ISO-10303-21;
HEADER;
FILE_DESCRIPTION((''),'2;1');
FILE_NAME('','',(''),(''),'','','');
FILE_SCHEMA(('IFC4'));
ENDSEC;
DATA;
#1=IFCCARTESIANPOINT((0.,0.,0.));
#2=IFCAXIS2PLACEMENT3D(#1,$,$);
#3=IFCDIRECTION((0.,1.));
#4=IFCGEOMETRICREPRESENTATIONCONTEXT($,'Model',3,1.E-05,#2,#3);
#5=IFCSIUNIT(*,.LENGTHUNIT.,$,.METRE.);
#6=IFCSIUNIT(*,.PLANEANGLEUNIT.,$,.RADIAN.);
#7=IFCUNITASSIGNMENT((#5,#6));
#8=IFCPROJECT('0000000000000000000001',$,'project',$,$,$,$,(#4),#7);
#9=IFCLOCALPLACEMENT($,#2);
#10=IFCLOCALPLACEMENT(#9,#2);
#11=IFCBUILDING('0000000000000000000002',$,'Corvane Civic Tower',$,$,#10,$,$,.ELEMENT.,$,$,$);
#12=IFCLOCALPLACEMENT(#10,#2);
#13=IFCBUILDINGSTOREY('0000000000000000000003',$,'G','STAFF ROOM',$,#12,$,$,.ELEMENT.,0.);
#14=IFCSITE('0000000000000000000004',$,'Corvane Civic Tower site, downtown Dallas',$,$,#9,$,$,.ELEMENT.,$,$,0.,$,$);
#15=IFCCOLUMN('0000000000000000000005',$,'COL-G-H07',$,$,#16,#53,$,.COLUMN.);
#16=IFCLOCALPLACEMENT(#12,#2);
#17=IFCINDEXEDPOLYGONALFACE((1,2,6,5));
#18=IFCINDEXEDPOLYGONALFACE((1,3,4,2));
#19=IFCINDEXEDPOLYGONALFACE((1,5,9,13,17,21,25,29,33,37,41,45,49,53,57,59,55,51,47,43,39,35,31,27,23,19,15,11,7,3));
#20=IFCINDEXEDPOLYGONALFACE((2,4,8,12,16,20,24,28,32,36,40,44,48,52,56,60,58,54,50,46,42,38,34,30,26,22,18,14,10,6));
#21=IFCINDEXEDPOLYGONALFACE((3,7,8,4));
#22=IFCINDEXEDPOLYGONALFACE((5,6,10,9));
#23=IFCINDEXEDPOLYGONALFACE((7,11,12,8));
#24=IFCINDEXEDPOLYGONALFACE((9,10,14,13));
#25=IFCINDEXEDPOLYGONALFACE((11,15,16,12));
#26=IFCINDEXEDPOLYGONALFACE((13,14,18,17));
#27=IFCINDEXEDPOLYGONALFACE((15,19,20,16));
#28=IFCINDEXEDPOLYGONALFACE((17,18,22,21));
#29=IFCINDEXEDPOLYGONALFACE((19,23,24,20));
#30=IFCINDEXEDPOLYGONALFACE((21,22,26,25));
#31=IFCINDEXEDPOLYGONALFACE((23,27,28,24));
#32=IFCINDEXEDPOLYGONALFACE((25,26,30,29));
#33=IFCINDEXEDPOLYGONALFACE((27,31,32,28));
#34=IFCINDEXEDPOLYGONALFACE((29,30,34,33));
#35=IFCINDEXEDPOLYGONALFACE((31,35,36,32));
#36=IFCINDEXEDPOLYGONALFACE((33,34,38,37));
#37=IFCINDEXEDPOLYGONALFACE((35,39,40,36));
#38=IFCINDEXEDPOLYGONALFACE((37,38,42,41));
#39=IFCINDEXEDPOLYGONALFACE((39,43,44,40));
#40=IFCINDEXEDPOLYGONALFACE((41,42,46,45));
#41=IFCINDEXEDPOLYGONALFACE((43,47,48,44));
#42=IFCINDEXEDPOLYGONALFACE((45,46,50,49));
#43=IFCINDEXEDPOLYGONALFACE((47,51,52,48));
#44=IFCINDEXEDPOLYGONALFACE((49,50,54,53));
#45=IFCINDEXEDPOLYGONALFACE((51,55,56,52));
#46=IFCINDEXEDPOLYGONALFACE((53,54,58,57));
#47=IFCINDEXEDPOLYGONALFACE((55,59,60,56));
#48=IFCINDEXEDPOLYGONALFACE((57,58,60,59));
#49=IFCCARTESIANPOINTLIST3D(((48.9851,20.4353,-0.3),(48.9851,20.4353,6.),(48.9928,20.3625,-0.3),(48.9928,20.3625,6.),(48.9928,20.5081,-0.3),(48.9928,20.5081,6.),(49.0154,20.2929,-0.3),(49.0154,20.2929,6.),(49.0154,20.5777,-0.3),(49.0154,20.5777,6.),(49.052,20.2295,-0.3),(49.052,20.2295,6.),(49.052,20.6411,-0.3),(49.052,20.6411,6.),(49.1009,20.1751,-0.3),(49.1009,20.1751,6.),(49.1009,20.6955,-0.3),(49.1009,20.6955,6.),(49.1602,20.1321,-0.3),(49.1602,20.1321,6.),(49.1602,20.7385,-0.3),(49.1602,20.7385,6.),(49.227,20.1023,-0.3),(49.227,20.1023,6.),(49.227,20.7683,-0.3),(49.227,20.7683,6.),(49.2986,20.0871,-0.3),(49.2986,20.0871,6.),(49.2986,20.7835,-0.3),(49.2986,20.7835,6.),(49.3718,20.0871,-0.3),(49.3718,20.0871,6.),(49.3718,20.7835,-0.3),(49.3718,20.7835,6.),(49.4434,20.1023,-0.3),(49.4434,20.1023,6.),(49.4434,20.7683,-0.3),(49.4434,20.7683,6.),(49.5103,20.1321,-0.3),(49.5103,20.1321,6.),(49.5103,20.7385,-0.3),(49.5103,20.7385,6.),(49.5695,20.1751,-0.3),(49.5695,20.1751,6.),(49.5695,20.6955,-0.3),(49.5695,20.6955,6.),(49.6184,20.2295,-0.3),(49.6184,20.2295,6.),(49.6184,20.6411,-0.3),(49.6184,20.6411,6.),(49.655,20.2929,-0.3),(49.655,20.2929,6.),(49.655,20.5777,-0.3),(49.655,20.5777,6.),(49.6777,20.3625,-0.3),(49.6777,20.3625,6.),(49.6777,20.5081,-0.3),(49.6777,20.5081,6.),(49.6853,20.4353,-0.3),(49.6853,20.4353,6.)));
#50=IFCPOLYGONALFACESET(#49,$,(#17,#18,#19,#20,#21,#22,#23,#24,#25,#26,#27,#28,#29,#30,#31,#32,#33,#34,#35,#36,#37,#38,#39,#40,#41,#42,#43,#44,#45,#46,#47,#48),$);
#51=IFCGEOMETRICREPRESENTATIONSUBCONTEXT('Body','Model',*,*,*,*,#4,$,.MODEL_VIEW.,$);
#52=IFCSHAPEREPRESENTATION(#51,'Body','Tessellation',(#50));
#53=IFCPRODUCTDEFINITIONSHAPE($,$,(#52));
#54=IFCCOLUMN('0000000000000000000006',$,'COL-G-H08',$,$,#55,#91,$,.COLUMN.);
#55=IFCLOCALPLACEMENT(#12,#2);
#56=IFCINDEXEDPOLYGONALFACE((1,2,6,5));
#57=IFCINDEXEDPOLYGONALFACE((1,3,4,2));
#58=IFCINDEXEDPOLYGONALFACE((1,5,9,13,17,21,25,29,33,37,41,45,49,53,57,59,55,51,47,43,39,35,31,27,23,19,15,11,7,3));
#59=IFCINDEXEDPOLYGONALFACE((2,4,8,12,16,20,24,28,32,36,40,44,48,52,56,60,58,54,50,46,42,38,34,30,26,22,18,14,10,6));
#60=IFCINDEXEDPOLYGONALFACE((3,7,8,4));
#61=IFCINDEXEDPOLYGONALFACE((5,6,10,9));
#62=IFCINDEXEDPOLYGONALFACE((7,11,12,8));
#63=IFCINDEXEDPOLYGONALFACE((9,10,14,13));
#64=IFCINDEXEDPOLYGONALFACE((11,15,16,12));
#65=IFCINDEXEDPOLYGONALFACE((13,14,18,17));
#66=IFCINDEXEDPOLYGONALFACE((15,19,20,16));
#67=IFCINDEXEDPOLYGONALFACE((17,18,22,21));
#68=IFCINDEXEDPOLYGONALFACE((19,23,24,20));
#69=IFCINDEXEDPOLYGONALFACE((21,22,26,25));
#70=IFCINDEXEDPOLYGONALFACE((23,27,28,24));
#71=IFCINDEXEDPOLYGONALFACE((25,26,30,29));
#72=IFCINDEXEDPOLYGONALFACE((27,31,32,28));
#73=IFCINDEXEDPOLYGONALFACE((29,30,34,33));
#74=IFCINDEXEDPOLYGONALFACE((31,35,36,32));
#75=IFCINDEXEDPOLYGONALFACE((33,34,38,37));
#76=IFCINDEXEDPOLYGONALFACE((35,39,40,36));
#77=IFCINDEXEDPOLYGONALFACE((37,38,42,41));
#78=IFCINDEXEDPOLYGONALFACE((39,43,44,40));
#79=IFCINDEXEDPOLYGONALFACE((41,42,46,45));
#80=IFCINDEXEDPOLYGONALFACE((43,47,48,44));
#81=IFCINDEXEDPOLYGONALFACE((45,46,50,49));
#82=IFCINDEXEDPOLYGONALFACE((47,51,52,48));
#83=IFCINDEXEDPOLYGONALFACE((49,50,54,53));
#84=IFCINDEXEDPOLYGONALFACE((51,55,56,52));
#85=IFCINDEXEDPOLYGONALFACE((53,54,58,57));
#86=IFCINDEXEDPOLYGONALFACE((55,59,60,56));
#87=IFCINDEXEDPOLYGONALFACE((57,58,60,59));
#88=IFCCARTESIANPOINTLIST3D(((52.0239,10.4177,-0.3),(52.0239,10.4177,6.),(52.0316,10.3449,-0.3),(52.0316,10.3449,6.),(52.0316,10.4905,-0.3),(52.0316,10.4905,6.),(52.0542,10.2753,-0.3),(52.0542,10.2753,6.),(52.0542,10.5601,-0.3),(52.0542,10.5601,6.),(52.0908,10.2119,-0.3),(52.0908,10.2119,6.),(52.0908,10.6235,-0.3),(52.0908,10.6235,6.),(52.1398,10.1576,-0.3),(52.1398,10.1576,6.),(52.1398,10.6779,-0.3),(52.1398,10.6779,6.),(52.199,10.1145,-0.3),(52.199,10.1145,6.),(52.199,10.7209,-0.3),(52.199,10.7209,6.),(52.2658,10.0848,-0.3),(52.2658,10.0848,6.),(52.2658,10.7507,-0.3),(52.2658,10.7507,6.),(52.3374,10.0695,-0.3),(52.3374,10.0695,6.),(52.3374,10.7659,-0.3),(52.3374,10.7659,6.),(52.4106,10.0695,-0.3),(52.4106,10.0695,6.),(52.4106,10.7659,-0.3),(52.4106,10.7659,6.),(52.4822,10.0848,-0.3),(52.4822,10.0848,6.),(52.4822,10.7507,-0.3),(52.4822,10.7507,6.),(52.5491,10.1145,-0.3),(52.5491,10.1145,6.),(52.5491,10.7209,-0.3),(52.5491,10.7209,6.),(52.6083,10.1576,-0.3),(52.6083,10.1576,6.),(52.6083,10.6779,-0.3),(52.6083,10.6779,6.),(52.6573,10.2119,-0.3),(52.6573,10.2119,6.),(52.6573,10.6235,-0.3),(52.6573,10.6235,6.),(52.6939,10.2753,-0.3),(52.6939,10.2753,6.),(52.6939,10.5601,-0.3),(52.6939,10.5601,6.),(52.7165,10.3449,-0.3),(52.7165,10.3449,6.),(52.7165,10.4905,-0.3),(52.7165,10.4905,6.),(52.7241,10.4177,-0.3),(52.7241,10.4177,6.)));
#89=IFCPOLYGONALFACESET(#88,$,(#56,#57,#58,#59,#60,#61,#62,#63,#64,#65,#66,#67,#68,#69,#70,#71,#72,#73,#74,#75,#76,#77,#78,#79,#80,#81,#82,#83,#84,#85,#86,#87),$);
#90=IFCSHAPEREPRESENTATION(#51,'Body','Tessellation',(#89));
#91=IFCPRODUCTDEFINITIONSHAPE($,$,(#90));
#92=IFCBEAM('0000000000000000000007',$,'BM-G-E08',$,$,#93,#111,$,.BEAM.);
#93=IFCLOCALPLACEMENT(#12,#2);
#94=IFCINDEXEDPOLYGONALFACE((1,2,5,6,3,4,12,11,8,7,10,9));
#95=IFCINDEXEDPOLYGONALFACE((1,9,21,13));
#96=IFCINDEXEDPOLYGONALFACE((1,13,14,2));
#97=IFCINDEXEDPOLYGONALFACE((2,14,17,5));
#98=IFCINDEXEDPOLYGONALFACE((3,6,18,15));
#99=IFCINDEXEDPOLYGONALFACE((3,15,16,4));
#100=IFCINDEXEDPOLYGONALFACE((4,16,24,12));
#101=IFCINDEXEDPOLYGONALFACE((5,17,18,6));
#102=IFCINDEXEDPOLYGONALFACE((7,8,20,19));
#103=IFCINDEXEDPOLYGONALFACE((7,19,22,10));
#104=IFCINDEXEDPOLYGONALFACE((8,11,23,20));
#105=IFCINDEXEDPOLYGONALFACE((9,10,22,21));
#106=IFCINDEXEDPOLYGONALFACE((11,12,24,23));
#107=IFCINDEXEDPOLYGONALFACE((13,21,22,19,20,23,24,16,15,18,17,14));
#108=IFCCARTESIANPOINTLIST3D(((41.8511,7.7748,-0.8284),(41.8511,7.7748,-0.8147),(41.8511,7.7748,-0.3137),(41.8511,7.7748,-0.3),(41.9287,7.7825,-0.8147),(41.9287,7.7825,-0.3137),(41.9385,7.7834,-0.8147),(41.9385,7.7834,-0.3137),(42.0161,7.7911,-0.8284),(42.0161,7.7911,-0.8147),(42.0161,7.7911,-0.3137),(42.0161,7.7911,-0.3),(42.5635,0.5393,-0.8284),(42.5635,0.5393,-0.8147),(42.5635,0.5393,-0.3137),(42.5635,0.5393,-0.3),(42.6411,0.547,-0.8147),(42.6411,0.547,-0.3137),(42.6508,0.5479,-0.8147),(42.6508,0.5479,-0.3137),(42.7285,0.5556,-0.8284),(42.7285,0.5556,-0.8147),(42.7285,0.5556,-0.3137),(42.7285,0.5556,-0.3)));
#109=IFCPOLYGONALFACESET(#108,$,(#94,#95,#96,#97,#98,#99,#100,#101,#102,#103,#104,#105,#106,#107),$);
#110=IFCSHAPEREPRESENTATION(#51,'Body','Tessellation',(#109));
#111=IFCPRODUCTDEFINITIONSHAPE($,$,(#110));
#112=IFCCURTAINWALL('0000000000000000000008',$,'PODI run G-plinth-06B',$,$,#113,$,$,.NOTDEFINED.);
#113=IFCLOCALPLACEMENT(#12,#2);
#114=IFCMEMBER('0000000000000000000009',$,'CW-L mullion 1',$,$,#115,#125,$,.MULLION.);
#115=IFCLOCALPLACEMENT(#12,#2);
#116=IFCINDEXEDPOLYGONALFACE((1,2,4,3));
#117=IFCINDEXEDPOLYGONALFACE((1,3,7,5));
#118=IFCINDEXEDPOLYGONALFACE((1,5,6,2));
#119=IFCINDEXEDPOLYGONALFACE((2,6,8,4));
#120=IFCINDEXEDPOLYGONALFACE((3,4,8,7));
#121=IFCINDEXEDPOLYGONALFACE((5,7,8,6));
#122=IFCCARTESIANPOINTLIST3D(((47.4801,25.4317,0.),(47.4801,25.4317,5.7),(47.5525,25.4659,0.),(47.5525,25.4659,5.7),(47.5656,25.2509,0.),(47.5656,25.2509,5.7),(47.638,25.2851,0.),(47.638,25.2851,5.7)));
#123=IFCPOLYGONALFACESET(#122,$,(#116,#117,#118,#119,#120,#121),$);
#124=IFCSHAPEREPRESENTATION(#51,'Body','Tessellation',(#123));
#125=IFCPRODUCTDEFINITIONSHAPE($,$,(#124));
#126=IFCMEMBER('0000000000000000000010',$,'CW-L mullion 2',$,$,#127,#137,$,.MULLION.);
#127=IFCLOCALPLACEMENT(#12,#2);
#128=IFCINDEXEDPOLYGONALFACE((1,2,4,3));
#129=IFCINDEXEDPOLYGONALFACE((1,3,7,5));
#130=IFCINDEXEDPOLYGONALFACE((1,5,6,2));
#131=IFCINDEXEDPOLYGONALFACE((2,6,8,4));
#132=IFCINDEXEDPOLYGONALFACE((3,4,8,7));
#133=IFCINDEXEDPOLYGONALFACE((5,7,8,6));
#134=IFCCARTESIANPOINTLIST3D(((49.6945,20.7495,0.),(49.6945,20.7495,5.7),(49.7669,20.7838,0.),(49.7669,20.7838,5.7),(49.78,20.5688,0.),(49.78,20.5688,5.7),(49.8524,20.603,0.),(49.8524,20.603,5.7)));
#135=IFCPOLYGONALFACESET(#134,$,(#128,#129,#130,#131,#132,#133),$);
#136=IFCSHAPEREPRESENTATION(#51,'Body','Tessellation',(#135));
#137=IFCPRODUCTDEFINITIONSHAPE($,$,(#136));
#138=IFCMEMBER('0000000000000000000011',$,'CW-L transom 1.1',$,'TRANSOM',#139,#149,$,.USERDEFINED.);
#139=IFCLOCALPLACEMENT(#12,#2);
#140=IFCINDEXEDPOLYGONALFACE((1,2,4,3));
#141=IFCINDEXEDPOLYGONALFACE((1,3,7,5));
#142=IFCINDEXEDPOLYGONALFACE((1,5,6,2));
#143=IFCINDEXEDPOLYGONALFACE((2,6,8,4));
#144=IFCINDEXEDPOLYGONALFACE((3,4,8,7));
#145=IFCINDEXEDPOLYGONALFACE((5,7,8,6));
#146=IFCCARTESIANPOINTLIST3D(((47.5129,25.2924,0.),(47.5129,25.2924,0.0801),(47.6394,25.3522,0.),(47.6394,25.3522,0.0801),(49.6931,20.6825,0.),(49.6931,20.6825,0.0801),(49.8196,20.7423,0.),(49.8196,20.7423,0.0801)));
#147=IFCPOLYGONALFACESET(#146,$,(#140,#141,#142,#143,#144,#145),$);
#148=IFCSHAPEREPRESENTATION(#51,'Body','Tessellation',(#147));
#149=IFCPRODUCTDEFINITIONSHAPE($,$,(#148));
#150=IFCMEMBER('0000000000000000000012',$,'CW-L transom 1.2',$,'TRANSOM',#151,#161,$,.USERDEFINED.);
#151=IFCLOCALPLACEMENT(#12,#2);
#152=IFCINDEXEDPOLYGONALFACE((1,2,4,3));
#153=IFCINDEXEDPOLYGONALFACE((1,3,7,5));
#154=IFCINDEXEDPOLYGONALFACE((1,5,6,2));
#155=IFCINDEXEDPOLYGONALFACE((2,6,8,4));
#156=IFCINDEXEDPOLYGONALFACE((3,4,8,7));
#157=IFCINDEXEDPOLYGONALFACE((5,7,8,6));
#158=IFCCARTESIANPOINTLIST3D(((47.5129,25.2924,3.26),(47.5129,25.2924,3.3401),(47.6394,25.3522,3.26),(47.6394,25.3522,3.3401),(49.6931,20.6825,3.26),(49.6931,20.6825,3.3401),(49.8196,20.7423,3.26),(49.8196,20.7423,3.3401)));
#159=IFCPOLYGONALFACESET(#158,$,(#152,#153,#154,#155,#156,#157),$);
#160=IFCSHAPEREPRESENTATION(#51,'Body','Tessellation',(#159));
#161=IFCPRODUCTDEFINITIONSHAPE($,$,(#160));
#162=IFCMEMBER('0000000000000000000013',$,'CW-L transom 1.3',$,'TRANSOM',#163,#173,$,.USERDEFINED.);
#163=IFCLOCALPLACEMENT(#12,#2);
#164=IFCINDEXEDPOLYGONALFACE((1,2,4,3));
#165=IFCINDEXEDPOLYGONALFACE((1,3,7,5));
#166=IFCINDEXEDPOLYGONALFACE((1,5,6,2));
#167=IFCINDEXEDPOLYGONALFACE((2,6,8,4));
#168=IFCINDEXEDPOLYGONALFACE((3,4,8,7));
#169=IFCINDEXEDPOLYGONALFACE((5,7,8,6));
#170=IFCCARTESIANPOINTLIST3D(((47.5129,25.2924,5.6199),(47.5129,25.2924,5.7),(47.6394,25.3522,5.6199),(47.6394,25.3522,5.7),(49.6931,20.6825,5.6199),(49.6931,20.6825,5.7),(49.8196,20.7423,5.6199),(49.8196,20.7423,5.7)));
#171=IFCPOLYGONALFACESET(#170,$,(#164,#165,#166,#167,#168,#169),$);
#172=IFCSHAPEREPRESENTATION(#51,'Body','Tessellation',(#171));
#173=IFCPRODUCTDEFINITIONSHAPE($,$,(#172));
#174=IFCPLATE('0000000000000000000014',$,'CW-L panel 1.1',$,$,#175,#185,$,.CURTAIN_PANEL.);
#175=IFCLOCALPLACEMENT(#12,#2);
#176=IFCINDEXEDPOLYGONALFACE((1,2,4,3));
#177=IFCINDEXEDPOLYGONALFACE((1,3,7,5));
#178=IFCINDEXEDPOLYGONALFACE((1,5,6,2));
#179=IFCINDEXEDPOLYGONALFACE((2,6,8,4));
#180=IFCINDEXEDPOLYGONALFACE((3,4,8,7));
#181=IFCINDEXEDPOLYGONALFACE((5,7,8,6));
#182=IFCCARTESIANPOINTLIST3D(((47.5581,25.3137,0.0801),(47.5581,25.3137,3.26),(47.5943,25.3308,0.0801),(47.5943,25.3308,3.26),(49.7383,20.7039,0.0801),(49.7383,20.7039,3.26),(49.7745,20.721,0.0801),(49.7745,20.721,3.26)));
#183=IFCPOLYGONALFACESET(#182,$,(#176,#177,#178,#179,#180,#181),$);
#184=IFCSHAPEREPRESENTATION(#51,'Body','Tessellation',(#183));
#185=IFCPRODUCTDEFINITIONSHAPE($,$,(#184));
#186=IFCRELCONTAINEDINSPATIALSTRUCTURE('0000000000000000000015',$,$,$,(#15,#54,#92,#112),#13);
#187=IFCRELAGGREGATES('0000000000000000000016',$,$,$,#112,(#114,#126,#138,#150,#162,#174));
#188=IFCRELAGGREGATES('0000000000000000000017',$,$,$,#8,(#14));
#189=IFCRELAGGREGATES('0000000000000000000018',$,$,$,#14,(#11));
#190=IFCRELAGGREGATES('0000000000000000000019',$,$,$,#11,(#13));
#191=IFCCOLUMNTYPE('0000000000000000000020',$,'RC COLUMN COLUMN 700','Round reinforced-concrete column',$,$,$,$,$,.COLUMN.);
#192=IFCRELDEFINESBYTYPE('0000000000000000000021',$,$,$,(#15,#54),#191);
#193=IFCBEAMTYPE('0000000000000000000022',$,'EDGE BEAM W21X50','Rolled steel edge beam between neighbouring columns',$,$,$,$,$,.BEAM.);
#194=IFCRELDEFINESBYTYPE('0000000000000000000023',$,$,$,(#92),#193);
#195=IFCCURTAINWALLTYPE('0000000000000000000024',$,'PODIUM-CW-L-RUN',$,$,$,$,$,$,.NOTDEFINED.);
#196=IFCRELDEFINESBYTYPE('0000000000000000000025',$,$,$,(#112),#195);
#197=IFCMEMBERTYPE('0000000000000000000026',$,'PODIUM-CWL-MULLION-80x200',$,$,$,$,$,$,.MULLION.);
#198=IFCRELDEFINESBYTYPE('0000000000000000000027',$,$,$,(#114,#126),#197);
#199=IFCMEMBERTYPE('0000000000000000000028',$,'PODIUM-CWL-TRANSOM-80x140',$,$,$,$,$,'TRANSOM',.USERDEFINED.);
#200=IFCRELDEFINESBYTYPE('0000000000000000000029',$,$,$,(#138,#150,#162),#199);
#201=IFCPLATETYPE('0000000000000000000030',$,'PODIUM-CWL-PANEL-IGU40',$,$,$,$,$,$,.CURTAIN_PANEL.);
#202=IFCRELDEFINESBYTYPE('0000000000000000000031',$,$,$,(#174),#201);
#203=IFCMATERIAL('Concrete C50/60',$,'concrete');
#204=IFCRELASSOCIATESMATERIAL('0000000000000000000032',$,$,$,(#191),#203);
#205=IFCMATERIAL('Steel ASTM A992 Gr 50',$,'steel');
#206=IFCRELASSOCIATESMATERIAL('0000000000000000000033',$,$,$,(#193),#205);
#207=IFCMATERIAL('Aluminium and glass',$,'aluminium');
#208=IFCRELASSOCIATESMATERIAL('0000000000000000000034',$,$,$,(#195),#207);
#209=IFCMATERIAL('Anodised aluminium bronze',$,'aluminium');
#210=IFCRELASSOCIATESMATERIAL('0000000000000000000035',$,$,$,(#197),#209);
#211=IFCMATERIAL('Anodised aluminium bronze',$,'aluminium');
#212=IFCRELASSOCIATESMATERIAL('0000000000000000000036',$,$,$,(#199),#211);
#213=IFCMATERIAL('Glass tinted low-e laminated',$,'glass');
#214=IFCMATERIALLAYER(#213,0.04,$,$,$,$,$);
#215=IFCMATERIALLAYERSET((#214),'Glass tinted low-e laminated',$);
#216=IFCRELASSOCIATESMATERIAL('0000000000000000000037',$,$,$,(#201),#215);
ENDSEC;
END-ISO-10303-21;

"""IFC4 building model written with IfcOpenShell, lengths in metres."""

from ifc_helpers import new_model, si_unit, direction, frame, origin, origin_2d, place, context, subcontext, project, spatial, rectangle, circle, i_section, extrude, material, layer, layer_set, material_profile, profile_set, type_object, element, aggregate, save


model = new_model("IFC4")

# Units and contexts
model_context = context("Model", 3, precision=1e-05, world=origin(), true_north=direction((0.0, 1.0)))
body_context = subcontext(model_context, "Body", "Model", "MODEL_VIEW")
ifc_project = project(units=[si_unit("LENGTHUNIT", "METRE"), si_unit("PLANEANGLEUNIT", "RADIAN")], contexts=[model_context])

# Site, building, storey
site_placement = place(None, origin())
site = spatial("IfcSite", under=ifc_project, at=site_placement, Name="Corvane Civic Tower site, downtown Dallas", CompositionType="ELEMENT", RefElevation=0.0)
building_placement = place(site_placement, origin())
building = spatial("IfcBuilding", under=site, at=building_placement, Name="Corvane Civic Tower", CompositionType="ELEMENT")
storey_placement = place(building_placement, origin())
storey = spatial("IfcBuildingStorey", under=building, at=storey_placement, Name="G", Description="STAFF ROOM", CompositionType="ELEMENT", Elevation=0.0)

# Columns
ifc_material_1 = material(Name="Concrete C50/60", Category="concrete")
ifc_material_profile_1 = material_profile(ifc_material_1, circle(Radius=0.3501, at=origin_2d()), Name="COLUMN 700")
ifc_profile_set_1 = profile_set([ifc_material_profile_1], Name="Concrete C50/60")
column_type_1 = type_object("IfcColumnType", Name="RC COLUMN COLUMN 700", Description="Round reinforced-concrete column", PredefinedType="COLUMN", material=ifc_profile_set_1)
for number, where, z_axis, x_axis, name in (
    (1, (49.3352, 20.4353, -0.3), (0.0, 0.0, 1.0), (1.0, 0.0, 0.0), "COL-G-H07"),
    (2, (52.374, 10.4177, -0.3), (0.0, 0.0, 1.0), (1.0, 0.0, 0.0), "COL-G-H08"),
):
    element("IfcColumn", number, at=place(storey_placement, frame(where, z_axis=z_axis, x_axis=x_axis)), inside=storey, type_object=column_type_1, Name=name, PredefinedType="COLUMN", context=body_context, shape_type="SweptSolid", body=[
        extrude(circle(Radius=0.3501, at=origin_2d()), origin(), (0.0, 0.0, 1.0), 6.3),
    ])

# Beam
ifc_material_2 = material(Name="Steel ASTM A992 Gr 50", Category="steel")
ifc_material_profile_2 = material_profile(ifc_material_2, i_section(OverallWidth=0.1658, OverallDepth=0.5283, WebThickness=0.0098, FlangeThickness=0.0137, at=origin_2d()), Name="W21X50")
ifc_profile_set_2 = profile_set([ifc_material_profile_2], Name="Steel ASTM A992 Gr 50")
beam_type = type_object("IfcBeamType", Name="EDGE BEAM W21X50", Description="Rolled steel edge beam between neighbouring columns", PredefinedType="BEAM", material=ifc_profile_set_2)
beam_placement = place(storey_placement, frame((41.9336, 7.783, -0.5642), z_axis=(0.097984, -0.995188, 0.0), x_axis=(0.995188, 0.097984, 0.0)))
element("IfcBeam", 3, at=beam_placement, inside=storey, type_object=beam_type, Name="BM-G-E08", PredefinedType="BEAM", context=body_context, shape_type="SweptSolid", body=[
    extrude(i_section(OverallWidth=0.1658, OverallDepth=0.5283, WebThickness=0.0098, FlangeThickness=0.0137, at=origin_2d()), origin(), (0.0, 0.0, 1.0), 7.2705),
])

# Curtain wall, members, plate
ifc_material_3 = material(Name="Aluminium and glass", Category="aluminium")
curtain_wall_type = type_object("IfcCurtainWallType", Name="PODIUM-CW-L-RUN", PredefinedType="NOTDEFINED", material=ifc_material_3)
curtain_wall_placement = place(storey_placement, origin())
curtain_wall = element("IfcCurtainWall", 4, at=curtain_wall_placement, inside=storey, type_object=curtain_wall_type, Name="PODI run G-plinth-06B", PredefinedType="NOTDEFINED")
ifc_material_4 = material(Name="Anodised aluminium bronze", Category="aluminium")
ifc_material_profile_3 = material_profile(ifc_material_4, rectangle(XDim=0.0801, YDim=0.2, at=origin_2d()), Name="AL 80x200")
ifc_profile_set_3 = profile_set([ifc_material_profile_3], Name="Anodised aluminium bronze")
member_type_1 = type_object("IfcMemberType", Name="PODIUM-CWL-MULLION-80x200", PredefinedType="MULLION", material=ifc_profile_set_3)
member_1_placement = place(storey_placement, frame((47.5591, 25.3584, 0.0), z_axis=(0.0, 0.0, 1.0), x_axis=(0.903994, 0.427545, 0.0)))
member_1 = element("IfcMember", 5, at=member_1_placement, type_object=member_type_1, Name="CW-L mullion 1", PredefinedType="MULLION", context=body_context, shape_type="SweptSolid", body=[
    extrude(rectangle(XDim=0.0801, YDim=0.2, at=origin_2d()), origin(), (0.0, 0.0, 1.0), 5.7),
])
member_2_placement = place(storey_placement, frame((49.7734, 20.6763, 0.0), z_axis=(0.0, 0.0, 1.0), x_axis=(0.903994, 0.427545, 0.0)))
member_2 = element("IfcMember", 6, at=member_2_placement, type_object=member_type_1, Name="CW-L mullion 2", PredefinedType="MULLION", context=body_context, shape_type="SweptSolid", body=[
    extrude(rectangle(XDim=0.0801, YDim=0.2, at=origin_2d()), origin(), (0.0, 0.0, 1.0), 5.7),
])
ifc_material_5 = material(Name="Anodised aluminium bronze", Category="aluminium")
ifc_material_profile_4 = material_profile(ifc_material_5, rectangle(XDim=0.1399, YDim=0.0801, at=origin_2d()), Name="AL 140x80")
ifc_profile_set_4 = profile_set([ifc_material_profile_4], Name="Anodised aluminium bronze")
member_type_2 = type_object("IfcMemberType", Name="PODIUM-CWL-TRANSOM-80x140", ElementType="TRANSOM", PredefinedType="USERDEFINED", material=ifc_profile_set_4)
member_3_placement = place(storey_placement, frame((47.5762, 25.3223, 0.04), z_axis=(0.427535, -0.903999, 0.0), x_axis=(0.903999, 0.427535, 0.0)))
member_3 = element("IfcMember", 7, at=member_3_placement, type_object=member_type_2, Name="CW-L transom 1.1", ObjectType="TRANSOM", PredefinedType="USERDEFINED", context=body_context, shape_type="SweptSolid", body=[
    extrude(rectangle(XDim=0.1399, YDim=0.0801, at=origin_2d()), origin(), (0.0, 0.0, 1.0), 5.0994),
])
member_4_placement = place(storey_placement, frame((47.5762, 25.3223, 3.3), z_axis=(0.427535, -0.903999, 0.0), x_axis=(0.903999, 0.427535, 0.0)))
member_4 = element("IfcMember", 8, at=member_4_placement, type_object=member_type_2, Name="CW-L transom 1.2", ObjectType="TRANSOM", PredefinedType="USERDEFINED", context=body_context, shape_type="SweptSolid", body=[
    extrude(rectangle(XDim=0.1399, YDim=0.0801, at=origin_2d()), origin(), (0.0, 0.0, 1.0), 5.0994),
])
member_5_placement = place(storey_placement, frame((47.5762, 25.3223, 5.6599), z_axis=(0.427535, -0.903999, 0.0), x_axis=(0.903999, 0.427535, 0.0)))
member_5 = element("IfcMember", 9, at=member_5_placement, type_object=member_type_2, Name="CW-L transom 1.3", ObjectType="TRANSOM", PredefinedType="USERDEFINED", context=body_context, shape_type="SweptSolid", body=[
    extrude(rectangle(XDim=0.1399, YDim=0.0801, at=origin_2d()), origin(), (0.0, 0.0, 1.0), 5.0994),
])
ifc_material_6 = material(Name="Glass tinted low-e laminated", Category="glass")
ifc_layer_1 = layer(ifc_material_6, 0.04)
ifc_layer_set_1 = layer_set([ifc_layer_1], Name="Glass tinted low-e laminated")
plate_type = type_object("IfcPlateType", Name="PODIUM-CWL-PANEL-IGU40", PredefinedType="CURTAIN_PANEL", material=ifc_layer_set_1)
plate_1_placement = place(storey_placement, frame((48.6663, 23.0173, 0.0801), z_axis=(0.0, 0.0, 1.0), x_axis=(0.427545, -0.903994, 0.0)))
plate_1 = element("IfcPlate", 10, at=plate_1_placement, type_object=plate_type, Name="CW-L panel 1.1", PredefinedType="CURTAIN_PANEL", context=body_context, shape_type="SweptSolid", body=[
    extrude(rectangle(XDim=5.0994, YDim=0.04, at=origin_2d()), origin(), (0.0, 0.0, 1.0), 3.1799),
])
aggregate(curtain_wall, [member_1, member_2, member_3, member_4, member_5, plate_1])

save(model, "model.ifc")
